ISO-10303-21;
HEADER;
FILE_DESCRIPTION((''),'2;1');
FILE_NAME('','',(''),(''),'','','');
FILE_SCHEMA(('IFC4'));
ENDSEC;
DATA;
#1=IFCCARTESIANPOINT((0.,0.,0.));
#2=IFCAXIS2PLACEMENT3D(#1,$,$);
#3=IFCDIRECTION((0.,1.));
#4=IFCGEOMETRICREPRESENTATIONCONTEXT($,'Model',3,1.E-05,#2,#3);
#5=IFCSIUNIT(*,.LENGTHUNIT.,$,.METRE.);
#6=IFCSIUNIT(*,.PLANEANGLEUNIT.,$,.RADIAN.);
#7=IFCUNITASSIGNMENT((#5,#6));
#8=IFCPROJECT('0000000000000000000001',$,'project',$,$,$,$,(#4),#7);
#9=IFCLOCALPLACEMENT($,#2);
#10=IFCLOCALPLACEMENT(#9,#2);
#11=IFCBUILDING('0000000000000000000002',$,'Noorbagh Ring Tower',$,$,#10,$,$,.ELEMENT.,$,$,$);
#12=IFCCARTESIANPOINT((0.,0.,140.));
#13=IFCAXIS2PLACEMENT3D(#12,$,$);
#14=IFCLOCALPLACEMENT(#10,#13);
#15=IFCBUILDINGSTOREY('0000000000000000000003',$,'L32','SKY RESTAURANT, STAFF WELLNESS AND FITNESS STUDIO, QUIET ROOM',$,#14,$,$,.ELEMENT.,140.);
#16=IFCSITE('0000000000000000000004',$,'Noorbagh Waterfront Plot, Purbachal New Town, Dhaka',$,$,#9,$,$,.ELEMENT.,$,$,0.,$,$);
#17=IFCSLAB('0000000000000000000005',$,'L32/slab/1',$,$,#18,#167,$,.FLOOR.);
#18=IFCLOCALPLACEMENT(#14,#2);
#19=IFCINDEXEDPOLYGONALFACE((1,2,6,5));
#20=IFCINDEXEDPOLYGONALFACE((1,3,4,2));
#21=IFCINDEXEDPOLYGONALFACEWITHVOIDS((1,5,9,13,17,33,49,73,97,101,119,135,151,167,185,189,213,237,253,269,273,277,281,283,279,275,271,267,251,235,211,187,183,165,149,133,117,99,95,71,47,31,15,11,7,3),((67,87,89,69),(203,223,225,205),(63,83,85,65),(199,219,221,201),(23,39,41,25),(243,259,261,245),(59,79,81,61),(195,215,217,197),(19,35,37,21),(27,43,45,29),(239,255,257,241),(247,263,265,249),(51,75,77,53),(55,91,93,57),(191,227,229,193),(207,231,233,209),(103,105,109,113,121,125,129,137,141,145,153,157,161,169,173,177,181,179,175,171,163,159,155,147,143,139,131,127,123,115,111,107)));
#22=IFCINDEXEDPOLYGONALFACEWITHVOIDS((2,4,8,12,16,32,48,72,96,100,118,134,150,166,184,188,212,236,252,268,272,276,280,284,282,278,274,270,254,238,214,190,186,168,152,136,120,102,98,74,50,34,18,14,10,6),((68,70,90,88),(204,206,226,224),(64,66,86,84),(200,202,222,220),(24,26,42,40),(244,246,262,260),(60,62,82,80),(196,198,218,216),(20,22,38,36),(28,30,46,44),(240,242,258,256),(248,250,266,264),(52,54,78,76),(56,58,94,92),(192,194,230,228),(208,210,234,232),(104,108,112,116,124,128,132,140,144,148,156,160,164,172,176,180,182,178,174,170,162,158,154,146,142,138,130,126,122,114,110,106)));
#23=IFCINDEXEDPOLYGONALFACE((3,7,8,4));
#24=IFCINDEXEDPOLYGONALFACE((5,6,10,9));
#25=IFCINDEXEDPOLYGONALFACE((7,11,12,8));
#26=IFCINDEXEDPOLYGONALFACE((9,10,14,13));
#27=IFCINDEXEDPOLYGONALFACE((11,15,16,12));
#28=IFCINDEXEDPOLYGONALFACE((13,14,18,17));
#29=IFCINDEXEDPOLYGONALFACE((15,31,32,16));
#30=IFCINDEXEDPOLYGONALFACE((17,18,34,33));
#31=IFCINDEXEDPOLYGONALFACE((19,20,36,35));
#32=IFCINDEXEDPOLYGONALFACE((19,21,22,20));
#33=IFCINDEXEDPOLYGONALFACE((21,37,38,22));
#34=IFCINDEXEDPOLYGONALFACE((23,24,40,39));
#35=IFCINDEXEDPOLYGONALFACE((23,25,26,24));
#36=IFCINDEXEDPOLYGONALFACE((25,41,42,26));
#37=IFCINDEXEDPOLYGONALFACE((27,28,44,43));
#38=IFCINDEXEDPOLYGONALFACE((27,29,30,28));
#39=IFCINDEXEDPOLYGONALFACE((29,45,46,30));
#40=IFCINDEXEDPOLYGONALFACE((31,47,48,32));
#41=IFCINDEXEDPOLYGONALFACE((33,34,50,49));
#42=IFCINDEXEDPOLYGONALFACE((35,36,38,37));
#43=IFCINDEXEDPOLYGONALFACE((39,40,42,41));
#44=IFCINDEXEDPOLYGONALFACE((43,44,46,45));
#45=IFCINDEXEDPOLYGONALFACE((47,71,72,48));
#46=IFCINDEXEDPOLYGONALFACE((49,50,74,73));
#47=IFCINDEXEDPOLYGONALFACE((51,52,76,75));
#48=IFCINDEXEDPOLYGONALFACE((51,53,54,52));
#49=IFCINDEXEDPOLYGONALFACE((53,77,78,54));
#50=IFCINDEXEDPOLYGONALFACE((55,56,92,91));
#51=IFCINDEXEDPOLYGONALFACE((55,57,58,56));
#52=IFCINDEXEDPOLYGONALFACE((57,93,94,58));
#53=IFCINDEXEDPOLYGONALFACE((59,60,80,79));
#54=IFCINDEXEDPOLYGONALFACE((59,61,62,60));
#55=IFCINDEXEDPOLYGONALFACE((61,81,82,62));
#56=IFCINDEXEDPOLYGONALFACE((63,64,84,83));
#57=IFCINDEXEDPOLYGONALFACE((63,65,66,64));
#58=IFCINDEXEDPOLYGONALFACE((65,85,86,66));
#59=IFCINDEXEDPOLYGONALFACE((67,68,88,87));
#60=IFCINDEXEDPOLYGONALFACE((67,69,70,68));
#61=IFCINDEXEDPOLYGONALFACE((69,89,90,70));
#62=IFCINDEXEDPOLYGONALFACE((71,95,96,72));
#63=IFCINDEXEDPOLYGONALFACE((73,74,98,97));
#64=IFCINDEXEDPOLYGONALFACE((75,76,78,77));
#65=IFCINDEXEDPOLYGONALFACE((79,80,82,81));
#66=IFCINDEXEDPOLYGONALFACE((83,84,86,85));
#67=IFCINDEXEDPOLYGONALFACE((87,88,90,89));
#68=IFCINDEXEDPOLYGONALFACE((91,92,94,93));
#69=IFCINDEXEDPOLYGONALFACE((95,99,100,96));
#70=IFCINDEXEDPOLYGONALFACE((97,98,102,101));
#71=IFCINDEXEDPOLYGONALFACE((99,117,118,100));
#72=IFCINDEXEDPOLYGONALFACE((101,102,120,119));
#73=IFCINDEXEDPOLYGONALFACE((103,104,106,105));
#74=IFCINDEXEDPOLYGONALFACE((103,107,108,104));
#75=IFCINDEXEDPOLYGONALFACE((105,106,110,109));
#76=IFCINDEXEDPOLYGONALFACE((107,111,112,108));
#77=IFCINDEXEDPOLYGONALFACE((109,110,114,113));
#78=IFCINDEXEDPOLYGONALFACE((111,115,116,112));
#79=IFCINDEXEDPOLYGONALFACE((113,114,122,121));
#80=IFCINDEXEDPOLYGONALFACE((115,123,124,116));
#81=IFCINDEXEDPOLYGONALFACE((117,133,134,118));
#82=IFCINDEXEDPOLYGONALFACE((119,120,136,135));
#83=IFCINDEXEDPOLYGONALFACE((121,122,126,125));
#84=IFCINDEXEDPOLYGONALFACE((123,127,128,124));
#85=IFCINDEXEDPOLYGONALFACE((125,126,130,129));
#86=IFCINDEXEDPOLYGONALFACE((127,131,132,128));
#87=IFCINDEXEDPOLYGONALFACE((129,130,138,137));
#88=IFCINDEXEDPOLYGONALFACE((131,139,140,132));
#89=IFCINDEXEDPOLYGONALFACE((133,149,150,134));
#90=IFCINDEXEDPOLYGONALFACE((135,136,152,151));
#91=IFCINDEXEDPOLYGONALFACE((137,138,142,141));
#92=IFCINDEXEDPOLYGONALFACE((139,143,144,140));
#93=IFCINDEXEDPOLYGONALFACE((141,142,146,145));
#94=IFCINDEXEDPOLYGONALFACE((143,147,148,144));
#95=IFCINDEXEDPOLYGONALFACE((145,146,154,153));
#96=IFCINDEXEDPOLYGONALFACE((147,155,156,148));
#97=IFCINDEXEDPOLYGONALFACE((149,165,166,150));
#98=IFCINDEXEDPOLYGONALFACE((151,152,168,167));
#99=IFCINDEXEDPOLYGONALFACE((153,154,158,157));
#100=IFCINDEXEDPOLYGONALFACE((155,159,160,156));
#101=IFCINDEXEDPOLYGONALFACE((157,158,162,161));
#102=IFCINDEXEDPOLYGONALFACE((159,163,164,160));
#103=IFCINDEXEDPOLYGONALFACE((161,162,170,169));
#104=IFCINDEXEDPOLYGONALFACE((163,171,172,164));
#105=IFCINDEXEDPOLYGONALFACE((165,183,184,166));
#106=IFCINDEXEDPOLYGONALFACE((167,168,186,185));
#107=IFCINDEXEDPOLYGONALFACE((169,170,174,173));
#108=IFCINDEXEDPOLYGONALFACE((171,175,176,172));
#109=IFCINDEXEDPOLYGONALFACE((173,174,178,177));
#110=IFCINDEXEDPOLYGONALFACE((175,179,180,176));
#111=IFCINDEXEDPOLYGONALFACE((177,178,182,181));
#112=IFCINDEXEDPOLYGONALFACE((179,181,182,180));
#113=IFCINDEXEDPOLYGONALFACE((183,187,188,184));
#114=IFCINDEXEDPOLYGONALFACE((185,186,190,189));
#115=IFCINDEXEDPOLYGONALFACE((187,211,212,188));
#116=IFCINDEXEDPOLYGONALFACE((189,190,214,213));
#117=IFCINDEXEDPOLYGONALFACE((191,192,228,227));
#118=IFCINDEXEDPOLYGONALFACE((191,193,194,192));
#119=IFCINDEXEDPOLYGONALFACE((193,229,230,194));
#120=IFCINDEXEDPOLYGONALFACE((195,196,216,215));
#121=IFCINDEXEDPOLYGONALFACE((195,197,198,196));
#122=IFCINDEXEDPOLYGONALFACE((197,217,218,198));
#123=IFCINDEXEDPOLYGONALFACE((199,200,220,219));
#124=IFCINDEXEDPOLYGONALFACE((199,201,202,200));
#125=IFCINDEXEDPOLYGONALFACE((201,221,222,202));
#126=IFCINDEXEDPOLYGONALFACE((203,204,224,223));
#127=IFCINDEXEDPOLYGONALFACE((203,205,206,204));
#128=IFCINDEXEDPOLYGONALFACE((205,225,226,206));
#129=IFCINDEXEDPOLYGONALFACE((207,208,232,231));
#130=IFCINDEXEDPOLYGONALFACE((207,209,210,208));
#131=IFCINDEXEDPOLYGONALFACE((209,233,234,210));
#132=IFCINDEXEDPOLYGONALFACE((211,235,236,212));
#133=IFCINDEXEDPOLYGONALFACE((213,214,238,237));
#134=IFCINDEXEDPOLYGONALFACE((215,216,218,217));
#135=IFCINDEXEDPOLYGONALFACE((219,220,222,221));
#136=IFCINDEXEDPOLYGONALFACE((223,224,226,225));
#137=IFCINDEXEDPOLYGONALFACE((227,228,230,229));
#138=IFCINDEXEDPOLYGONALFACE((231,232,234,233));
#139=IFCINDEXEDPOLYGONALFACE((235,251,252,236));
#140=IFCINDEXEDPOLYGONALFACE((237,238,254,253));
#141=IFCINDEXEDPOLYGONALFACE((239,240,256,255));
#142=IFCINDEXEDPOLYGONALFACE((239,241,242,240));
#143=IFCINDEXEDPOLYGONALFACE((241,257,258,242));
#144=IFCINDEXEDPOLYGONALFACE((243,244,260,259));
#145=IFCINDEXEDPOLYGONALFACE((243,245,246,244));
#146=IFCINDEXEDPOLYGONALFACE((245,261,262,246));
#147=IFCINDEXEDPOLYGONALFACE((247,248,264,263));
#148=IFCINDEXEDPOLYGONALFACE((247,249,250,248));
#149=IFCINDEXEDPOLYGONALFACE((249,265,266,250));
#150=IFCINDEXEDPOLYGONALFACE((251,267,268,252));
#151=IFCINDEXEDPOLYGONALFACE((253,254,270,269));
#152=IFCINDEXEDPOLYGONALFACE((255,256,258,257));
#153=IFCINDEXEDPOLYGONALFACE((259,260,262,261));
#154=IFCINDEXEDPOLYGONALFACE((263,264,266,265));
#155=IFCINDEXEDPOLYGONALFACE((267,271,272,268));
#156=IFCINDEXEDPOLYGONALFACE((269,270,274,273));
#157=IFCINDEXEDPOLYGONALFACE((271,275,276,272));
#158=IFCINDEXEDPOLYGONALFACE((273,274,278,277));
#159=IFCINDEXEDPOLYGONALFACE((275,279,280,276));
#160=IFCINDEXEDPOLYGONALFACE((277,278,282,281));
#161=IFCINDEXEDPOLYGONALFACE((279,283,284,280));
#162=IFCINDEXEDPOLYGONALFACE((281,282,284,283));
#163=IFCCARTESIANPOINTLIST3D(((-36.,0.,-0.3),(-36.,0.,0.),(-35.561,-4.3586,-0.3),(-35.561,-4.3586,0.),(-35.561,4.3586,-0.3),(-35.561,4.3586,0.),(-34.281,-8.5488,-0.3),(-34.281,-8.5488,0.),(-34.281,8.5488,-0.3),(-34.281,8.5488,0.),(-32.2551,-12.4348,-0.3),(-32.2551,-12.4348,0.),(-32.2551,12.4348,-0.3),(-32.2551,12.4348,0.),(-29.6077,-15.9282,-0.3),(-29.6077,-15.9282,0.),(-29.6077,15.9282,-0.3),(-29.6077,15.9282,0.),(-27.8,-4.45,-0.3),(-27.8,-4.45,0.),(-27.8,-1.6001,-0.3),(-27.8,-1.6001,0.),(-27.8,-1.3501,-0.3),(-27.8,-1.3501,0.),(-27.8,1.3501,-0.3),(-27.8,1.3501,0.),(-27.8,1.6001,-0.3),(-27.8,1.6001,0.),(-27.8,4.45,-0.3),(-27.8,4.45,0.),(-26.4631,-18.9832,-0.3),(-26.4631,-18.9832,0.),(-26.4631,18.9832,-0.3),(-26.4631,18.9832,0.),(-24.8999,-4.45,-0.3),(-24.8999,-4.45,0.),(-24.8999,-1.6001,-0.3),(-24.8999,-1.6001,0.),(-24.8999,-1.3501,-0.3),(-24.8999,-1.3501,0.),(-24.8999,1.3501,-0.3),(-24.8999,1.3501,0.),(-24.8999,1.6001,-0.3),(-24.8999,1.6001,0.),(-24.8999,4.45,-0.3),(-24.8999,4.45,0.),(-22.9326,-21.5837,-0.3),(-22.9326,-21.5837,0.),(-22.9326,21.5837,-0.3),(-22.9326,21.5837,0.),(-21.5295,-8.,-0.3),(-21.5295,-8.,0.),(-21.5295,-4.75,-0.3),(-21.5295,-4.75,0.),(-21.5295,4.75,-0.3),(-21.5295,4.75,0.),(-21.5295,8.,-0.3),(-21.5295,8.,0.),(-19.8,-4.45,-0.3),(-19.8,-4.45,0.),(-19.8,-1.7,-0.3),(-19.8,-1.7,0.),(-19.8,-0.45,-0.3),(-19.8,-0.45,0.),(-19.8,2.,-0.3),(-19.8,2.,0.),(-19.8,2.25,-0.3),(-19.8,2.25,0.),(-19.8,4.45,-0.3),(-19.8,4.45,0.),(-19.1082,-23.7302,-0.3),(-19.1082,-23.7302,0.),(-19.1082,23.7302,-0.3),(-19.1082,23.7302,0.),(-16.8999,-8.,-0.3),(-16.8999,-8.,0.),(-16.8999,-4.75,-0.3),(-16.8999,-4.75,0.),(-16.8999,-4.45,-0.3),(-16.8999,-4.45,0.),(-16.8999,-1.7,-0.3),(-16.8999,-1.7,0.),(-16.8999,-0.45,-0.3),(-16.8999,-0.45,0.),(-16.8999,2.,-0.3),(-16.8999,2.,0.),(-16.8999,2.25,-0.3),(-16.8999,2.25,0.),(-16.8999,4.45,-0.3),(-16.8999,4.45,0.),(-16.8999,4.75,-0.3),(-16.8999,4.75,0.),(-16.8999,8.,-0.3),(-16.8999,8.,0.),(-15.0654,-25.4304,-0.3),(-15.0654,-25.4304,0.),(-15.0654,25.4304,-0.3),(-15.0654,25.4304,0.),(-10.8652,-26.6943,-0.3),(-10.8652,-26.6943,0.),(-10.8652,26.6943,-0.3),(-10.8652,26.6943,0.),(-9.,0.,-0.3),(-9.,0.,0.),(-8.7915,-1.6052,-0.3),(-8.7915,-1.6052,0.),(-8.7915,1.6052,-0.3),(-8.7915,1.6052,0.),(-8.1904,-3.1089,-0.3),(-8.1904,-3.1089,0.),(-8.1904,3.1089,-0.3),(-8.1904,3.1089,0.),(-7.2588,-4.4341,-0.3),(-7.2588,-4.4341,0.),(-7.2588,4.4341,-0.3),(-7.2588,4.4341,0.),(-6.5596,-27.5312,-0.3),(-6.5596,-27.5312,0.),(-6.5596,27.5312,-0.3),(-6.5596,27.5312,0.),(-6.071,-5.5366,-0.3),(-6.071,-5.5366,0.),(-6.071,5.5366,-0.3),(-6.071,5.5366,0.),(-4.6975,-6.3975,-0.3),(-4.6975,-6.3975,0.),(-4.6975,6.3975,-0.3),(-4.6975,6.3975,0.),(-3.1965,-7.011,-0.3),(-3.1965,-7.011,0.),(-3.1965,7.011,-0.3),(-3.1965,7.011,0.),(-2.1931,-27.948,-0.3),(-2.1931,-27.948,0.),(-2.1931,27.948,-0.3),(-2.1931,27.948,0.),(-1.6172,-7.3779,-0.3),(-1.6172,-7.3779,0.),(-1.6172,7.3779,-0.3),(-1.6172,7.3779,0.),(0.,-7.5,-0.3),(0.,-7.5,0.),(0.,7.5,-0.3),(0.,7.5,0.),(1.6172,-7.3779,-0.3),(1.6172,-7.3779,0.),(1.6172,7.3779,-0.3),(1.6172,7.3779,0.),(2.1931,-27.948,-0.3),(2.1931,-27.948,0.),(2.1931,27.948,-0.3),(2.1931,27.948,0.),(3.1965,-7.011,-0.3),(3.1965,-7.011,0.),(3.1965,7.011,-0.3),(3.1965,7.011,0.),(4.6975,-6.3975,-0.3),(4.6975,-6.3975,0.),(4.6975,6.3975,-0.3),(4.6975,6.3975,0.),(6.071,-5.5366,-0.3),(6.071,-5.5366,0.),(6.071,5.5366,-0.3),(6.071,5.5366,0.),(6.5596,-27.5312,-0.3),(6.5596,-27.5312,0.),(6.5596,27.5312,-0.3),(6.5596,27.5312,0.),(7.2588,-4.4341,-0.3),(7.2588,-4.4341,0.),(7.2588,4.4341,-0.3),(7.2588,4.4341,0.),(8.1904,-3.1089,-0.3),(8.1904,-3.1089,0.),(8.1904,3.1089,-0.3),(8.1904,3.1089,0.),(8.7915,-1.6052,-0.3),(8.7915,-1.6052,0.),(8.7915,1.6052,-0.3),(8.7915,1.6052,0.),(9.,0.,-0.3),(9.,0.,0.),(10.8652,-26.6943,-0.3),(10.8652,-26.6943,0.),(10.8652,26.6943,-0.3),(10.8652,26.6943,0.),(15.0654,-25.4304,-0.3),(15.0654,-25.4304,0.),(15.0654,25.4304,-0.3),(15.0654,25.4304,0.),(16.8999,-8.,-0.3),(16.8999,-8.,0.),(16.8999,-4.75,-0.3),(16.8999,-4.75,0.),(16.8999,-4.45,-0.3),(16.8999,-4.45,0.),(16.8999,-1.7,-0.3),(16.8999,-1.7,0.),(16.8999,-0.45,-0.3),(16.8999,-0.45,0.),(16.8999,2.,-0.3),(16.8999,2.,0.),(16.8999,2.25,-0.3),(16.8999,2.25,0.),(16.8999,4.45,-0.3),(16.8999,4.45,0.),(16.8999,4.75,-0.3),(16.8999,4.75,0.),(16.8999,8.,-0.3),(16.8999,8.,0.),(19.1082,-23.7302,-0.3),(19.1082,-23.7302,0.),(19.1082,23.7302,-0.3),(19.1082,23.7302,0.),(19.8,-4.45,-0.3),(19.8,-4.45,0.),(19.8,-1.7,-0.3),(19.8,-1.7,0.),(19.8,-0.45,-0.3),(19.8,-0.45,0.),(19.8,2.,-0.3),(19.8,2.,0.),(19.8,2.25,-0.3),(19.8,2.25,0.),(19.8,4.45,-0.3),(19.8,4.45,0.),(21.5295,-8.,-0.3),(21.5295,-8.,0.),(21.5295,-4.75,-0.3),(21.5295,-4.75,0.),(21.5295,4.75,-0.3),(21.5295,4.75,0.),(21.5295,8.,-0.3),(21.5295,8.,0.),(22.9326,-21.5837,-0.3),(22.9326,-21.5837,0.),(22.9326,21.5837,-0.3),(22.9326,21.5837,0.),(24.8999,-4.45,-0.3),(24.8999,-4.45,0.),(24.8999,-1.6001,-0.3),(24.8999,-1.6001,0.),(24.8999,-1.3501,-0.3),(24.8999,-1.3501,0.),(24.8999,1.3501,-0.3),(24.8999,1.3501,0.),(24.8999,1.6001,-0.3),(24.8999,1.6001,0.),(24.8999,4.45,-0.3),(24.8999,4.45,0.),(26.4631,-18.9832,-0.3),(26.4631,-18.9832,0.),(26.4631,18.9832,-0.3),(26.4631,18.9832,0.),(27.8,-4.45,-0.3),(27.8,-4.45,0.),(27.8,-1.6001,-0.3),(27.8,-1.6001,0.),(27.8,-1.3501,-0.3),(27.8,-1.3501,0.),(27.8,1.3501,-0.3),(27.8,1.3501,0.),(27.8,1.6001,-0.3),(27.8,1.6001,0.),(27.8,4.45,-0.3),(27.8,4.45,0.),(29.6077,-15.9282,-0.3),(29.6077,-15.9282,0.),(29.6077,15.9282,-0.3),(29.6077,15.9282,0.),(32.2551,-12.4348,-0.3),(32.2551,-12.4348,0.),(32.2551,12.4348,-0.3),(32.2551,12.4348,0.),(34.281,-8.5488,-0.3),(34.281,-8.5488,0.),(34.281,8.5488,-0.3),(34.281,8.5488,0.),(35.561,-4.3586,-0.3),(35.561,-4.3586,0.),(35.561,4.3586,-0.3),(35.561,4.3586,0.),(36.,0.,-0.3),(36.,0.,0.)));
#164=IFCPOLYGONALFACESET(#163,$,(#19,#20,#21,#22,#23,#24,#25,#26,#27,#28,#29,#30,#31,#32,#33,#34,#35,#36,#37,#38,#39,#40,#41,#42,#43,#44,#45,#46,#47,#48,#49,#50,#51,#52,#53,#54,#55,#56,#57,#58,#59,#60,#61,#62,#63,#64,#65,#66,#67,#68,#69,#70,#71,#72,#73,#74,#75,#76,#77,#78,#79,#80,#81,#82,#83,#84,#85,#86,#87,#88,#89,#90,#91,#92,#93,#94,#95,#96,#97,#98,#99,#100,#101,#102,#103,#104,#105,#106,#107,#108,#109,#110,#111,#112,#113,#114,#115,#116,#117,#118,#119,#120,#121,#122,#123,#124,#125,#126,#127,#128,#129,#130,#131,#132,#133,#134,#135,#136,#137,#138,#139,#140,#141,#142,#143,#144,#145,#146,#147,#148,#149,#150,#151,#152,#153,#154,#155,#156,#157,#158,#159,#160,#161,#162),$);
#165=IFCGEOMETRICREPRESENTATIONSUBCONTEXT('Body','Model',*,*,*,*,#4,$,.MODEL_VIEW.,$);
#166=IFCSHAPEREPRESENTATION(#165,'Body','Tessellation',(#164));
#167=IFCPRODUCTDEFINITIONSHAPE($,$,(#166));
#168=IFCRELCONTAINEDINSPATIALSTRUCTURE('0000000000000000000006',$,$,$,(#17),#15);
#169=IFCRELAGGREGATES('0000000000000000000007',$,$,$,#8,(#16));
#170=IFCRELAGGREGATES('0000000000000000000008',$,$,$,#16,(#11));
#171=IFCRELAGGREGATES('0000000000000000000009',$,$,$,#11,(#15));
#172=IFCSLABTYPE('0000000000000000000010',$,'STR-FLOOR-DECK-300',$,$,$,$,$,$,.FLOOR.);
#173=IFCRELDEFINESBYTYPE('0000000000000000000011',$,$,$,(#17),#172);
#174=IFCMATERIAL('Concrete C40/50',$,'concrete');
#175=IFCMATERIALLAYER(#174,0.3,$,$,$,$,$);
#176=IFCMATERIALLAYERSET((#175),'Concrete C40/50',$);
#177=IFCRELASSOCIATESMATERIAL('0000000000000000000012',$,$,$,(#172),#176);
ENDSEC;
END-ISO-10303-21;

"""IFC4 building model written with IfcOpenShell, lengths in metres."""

from ifc_helpers import new_model, si_unit, direction, frame, origin, place, context, subcontext, project, spatial, polyline, outline, extrude, material, layer, layer_set, type_object, element, save


model = new_model("IFC4")

# Units and contexts
model_context = context("Model", 3, precision=1e-05, world=origin(), true_north=direction((0.0, 1.0)))
body_context = subcontext(model_context, "Body", "Model", "MODEL_VIEW")
ifc_project = project(units=[si_unit("LENGTHUNIT", "METRE"), si_unit("PLANEANGLEUNIT", "RADIAN")], contexts=[model_context])

# Site, building, storey
site_placement = place(None, origin())
site = spatial("IfcSite", under=ifc_project, at=site_placement, Name="Noorbagh Waterfront Plot, Purbachal New Town, Dhaka", CompositionType="ELEMENT", RefElevation=0.0)
building_placement = place(site_placement, origin())
building = spatial("IfcBuilding", under=site, at=building_placement, Name="Noorbagh Ring Tower", CompositionType="ELEMENT")
storey_placement = place(building_placement, frame((0.0, 0.0, 140.0)))
storey = spatial("IfcBuildingStorey", under=building, at=storey_placement, Name="L32", Description="SKY RESTAURANT, STAFF WELLNESS AND FITNESS STUDIO, QUIET ROOM", CompositionType="ELEMENT", Elevation=140.0)

# Slab
ifc_material_1 = material(Name="Concrete C40/50", Category="concrete")
ifc_layer_1 = layer(ifc_material_1, 0.3)
ifc_layer_set_1 = layer_set([ifc_layer_1], Name="Concrete C40/50")
slab_type = type_object("IfcSlabType", Name="STR-FLOOR-DECK-300", PredefinedType="FLOOR", material=ifc_layer_set_1)
slab_placement = place(storey_placement, frame((0.0, 0.0, -0.3)))
element("IfcSlab", 1, at=slab_placement, inside=storey, type_object=slab_type, Name="L32/slab/1", PredefinedType="FLOOR", context=body_context, shape_type="SweptSolid", body=[
    extrude(outline(polyline([(36.0, 0.0), (35.561, 4.3586), (34.281, 8.5488), (32.2551, 12.4348), (29.6077, 15.9282), (26.4631, 18.9832), (22.9326, 21.5837), (19.1082, 23.7302), (15.0654, 25.4304), (10.8652, 26.6943), (6.5596, 27.5312), (2.1931, 27.948), (-2.1931, 27.948), (-6.5596, 27.5312), (-10.8652, 26.6943), (-15.0654, 25.4304), (-19.1082, 23.7302), (-22.9326, 21.5837), (-26.4631, 18.9832), (-29.6077, 15.9282), (-32.2551, 12.4348), (-34.281, 8.5488), (-35.561, 4.3586), (-36.0, 0.0), (-35.561, -4.3586), (-34.281, -8.5488), (-32.2551, -12.4348), (-29.6077, -15.9282), (-26.4631, -18.9832), (-22.9326, -21.5837), (-19.1082, -23.7302), (-15.0654, -25.4304), (-10.8652, -26.6943), (-6.5596, -27.5312), (-2.1931, -27.948), (2.1931, -27.948), (6.5596, -27.5312), (10.8652, -26.6943), (15.0654, -25.4304), (19.1082, -23.7302), (22.9326, -21.5837), (26.4631, -18.9832), (29.6077, -15.9282), (32.2551, -12.4348), (34.281, -8.5488), (35.561, -4.3586), (36.0, 0.0)]), holes=[polyline([(24.8999, 4.45), (27.8, 4.45), (27.8, 1.6001), (24.8999, 1.6001), (24.8999, 4.45)]), polyline([(24.8999, 1.3501), (27.8, 1.3501), (27.8, -1.3501), (24.8999, -1.3501), (24.8999, 1.3501)]), polyline([(24.8999, -1.6001), (27.8, -1.6001), (27.8, -4.45), (24.8999, -4.45), (24.8999, -1.6001)]), polyline([(21.5295, -8.0), (16.8999, -8.0), (16.8999, -4.75), (21.5295, -4.75), (21.5295, -8.0)]), polyline([(16.8999, 4.75), (16.8999, 8.0), (21.5295, 8.0), (21.5295, 4.75), (16.8999, 4.75)]), polyline([(19.8, 4.45), (19.8, 2.25), (16.8999, 2.25), (16.8999, 4.45), (19.8, 4.45)]), polyline([(16.8999, 2.0), (19.8, 2.0), (19.8, -0.45), (16.8999, -0.45), (16.8999, 2.0)]), polyline([(16.8999, -1.7), (19.8, -1.7), (19.8, -4.45), (16.8999, -4.45), (16.8999, -1.7)]), polyline([(4.6975, -6.3975), (3.1965, -7.011), (1.6172, -7.3779), (0.0, -7.5), (-1.6172, -7.3779), (-3.1965, -7.011), (-4.6975, -6.3975), (-6.071, -5.5366), (-7.2588, -4.4341), (-8.1904, -3.1089), (-8.7915, -1.6052), (-9.0, 0.0), (-8.7915, 1.6052), (-8.1904, 3.1089), (-7.2588, 4.4341), (-6.071, 5.5366), (-4.6975, 6.3975), (-3.1965, 7.011), (-1.6172, 7.3779), (0.0, 7.5), (1.6172, 7.3779), (3.1965, 7.011), (4.6975, 6.3975), (6.071, 5.5366), (7.2588, 4.4341), (8.1904, 3.1089), (8.7915, 1.6052), (9.0, 0.0), (8.7915, -1.6052), (8.1904, -3.1089), (7.2588, -4.4341), (6.071, -5.5366), (4.6975, -6.3975)]), polyline([(-16.8999, 2.25), (-19.8, 2.25), (-19.8, 4.45), (-16.8999, 4.45), (-16.8999, 2.25)]), polyline([(-16.8999, -0.45), (-19.8, -0.45), (-19.8, 2.0), (-16.8999, 2.0), (-16.8999, -0.45)]), polyline([(-16.8999, -4.45), (-19.8, -4.45), (-19.8, -1.7), (-16.8999, -1.7), (-16.8999, -4.45)]), polyline([(-21.5295, 8.0), (-16.8999, 8.0), (-16.8999, 4.75), (-21.5295, 4.75), (-21.5295, 8.0)]), polyline([(-21.5295, -4.75), (-16.8999, -4.75), (-16.8999, -8.0), (-21.5295, -8.0), (-21.5295, -4.75)]), polyline([(-24.8999, -4.45), (-27.8, -4.45), (-27.8, -1.6001), (-24.8999, -1.6001), (-24.8999, -4.45)]), polyline([(-24.8999, 1.6001), (-27.8, 1.6001), (-27.8, 4.45), (-24.8999, 4.45), (-24.8999, 1.6001)]), polyline([(-24.8999, -1.3501), (-27.8, -1.3501), (-27.8, 1.3501), (-24.8999, 1.3501), (-24.8999, -1.3501)])]), origin(), (0.0, 0.0, 1.0), 0.3),
])

save(model, "model.ifc")
